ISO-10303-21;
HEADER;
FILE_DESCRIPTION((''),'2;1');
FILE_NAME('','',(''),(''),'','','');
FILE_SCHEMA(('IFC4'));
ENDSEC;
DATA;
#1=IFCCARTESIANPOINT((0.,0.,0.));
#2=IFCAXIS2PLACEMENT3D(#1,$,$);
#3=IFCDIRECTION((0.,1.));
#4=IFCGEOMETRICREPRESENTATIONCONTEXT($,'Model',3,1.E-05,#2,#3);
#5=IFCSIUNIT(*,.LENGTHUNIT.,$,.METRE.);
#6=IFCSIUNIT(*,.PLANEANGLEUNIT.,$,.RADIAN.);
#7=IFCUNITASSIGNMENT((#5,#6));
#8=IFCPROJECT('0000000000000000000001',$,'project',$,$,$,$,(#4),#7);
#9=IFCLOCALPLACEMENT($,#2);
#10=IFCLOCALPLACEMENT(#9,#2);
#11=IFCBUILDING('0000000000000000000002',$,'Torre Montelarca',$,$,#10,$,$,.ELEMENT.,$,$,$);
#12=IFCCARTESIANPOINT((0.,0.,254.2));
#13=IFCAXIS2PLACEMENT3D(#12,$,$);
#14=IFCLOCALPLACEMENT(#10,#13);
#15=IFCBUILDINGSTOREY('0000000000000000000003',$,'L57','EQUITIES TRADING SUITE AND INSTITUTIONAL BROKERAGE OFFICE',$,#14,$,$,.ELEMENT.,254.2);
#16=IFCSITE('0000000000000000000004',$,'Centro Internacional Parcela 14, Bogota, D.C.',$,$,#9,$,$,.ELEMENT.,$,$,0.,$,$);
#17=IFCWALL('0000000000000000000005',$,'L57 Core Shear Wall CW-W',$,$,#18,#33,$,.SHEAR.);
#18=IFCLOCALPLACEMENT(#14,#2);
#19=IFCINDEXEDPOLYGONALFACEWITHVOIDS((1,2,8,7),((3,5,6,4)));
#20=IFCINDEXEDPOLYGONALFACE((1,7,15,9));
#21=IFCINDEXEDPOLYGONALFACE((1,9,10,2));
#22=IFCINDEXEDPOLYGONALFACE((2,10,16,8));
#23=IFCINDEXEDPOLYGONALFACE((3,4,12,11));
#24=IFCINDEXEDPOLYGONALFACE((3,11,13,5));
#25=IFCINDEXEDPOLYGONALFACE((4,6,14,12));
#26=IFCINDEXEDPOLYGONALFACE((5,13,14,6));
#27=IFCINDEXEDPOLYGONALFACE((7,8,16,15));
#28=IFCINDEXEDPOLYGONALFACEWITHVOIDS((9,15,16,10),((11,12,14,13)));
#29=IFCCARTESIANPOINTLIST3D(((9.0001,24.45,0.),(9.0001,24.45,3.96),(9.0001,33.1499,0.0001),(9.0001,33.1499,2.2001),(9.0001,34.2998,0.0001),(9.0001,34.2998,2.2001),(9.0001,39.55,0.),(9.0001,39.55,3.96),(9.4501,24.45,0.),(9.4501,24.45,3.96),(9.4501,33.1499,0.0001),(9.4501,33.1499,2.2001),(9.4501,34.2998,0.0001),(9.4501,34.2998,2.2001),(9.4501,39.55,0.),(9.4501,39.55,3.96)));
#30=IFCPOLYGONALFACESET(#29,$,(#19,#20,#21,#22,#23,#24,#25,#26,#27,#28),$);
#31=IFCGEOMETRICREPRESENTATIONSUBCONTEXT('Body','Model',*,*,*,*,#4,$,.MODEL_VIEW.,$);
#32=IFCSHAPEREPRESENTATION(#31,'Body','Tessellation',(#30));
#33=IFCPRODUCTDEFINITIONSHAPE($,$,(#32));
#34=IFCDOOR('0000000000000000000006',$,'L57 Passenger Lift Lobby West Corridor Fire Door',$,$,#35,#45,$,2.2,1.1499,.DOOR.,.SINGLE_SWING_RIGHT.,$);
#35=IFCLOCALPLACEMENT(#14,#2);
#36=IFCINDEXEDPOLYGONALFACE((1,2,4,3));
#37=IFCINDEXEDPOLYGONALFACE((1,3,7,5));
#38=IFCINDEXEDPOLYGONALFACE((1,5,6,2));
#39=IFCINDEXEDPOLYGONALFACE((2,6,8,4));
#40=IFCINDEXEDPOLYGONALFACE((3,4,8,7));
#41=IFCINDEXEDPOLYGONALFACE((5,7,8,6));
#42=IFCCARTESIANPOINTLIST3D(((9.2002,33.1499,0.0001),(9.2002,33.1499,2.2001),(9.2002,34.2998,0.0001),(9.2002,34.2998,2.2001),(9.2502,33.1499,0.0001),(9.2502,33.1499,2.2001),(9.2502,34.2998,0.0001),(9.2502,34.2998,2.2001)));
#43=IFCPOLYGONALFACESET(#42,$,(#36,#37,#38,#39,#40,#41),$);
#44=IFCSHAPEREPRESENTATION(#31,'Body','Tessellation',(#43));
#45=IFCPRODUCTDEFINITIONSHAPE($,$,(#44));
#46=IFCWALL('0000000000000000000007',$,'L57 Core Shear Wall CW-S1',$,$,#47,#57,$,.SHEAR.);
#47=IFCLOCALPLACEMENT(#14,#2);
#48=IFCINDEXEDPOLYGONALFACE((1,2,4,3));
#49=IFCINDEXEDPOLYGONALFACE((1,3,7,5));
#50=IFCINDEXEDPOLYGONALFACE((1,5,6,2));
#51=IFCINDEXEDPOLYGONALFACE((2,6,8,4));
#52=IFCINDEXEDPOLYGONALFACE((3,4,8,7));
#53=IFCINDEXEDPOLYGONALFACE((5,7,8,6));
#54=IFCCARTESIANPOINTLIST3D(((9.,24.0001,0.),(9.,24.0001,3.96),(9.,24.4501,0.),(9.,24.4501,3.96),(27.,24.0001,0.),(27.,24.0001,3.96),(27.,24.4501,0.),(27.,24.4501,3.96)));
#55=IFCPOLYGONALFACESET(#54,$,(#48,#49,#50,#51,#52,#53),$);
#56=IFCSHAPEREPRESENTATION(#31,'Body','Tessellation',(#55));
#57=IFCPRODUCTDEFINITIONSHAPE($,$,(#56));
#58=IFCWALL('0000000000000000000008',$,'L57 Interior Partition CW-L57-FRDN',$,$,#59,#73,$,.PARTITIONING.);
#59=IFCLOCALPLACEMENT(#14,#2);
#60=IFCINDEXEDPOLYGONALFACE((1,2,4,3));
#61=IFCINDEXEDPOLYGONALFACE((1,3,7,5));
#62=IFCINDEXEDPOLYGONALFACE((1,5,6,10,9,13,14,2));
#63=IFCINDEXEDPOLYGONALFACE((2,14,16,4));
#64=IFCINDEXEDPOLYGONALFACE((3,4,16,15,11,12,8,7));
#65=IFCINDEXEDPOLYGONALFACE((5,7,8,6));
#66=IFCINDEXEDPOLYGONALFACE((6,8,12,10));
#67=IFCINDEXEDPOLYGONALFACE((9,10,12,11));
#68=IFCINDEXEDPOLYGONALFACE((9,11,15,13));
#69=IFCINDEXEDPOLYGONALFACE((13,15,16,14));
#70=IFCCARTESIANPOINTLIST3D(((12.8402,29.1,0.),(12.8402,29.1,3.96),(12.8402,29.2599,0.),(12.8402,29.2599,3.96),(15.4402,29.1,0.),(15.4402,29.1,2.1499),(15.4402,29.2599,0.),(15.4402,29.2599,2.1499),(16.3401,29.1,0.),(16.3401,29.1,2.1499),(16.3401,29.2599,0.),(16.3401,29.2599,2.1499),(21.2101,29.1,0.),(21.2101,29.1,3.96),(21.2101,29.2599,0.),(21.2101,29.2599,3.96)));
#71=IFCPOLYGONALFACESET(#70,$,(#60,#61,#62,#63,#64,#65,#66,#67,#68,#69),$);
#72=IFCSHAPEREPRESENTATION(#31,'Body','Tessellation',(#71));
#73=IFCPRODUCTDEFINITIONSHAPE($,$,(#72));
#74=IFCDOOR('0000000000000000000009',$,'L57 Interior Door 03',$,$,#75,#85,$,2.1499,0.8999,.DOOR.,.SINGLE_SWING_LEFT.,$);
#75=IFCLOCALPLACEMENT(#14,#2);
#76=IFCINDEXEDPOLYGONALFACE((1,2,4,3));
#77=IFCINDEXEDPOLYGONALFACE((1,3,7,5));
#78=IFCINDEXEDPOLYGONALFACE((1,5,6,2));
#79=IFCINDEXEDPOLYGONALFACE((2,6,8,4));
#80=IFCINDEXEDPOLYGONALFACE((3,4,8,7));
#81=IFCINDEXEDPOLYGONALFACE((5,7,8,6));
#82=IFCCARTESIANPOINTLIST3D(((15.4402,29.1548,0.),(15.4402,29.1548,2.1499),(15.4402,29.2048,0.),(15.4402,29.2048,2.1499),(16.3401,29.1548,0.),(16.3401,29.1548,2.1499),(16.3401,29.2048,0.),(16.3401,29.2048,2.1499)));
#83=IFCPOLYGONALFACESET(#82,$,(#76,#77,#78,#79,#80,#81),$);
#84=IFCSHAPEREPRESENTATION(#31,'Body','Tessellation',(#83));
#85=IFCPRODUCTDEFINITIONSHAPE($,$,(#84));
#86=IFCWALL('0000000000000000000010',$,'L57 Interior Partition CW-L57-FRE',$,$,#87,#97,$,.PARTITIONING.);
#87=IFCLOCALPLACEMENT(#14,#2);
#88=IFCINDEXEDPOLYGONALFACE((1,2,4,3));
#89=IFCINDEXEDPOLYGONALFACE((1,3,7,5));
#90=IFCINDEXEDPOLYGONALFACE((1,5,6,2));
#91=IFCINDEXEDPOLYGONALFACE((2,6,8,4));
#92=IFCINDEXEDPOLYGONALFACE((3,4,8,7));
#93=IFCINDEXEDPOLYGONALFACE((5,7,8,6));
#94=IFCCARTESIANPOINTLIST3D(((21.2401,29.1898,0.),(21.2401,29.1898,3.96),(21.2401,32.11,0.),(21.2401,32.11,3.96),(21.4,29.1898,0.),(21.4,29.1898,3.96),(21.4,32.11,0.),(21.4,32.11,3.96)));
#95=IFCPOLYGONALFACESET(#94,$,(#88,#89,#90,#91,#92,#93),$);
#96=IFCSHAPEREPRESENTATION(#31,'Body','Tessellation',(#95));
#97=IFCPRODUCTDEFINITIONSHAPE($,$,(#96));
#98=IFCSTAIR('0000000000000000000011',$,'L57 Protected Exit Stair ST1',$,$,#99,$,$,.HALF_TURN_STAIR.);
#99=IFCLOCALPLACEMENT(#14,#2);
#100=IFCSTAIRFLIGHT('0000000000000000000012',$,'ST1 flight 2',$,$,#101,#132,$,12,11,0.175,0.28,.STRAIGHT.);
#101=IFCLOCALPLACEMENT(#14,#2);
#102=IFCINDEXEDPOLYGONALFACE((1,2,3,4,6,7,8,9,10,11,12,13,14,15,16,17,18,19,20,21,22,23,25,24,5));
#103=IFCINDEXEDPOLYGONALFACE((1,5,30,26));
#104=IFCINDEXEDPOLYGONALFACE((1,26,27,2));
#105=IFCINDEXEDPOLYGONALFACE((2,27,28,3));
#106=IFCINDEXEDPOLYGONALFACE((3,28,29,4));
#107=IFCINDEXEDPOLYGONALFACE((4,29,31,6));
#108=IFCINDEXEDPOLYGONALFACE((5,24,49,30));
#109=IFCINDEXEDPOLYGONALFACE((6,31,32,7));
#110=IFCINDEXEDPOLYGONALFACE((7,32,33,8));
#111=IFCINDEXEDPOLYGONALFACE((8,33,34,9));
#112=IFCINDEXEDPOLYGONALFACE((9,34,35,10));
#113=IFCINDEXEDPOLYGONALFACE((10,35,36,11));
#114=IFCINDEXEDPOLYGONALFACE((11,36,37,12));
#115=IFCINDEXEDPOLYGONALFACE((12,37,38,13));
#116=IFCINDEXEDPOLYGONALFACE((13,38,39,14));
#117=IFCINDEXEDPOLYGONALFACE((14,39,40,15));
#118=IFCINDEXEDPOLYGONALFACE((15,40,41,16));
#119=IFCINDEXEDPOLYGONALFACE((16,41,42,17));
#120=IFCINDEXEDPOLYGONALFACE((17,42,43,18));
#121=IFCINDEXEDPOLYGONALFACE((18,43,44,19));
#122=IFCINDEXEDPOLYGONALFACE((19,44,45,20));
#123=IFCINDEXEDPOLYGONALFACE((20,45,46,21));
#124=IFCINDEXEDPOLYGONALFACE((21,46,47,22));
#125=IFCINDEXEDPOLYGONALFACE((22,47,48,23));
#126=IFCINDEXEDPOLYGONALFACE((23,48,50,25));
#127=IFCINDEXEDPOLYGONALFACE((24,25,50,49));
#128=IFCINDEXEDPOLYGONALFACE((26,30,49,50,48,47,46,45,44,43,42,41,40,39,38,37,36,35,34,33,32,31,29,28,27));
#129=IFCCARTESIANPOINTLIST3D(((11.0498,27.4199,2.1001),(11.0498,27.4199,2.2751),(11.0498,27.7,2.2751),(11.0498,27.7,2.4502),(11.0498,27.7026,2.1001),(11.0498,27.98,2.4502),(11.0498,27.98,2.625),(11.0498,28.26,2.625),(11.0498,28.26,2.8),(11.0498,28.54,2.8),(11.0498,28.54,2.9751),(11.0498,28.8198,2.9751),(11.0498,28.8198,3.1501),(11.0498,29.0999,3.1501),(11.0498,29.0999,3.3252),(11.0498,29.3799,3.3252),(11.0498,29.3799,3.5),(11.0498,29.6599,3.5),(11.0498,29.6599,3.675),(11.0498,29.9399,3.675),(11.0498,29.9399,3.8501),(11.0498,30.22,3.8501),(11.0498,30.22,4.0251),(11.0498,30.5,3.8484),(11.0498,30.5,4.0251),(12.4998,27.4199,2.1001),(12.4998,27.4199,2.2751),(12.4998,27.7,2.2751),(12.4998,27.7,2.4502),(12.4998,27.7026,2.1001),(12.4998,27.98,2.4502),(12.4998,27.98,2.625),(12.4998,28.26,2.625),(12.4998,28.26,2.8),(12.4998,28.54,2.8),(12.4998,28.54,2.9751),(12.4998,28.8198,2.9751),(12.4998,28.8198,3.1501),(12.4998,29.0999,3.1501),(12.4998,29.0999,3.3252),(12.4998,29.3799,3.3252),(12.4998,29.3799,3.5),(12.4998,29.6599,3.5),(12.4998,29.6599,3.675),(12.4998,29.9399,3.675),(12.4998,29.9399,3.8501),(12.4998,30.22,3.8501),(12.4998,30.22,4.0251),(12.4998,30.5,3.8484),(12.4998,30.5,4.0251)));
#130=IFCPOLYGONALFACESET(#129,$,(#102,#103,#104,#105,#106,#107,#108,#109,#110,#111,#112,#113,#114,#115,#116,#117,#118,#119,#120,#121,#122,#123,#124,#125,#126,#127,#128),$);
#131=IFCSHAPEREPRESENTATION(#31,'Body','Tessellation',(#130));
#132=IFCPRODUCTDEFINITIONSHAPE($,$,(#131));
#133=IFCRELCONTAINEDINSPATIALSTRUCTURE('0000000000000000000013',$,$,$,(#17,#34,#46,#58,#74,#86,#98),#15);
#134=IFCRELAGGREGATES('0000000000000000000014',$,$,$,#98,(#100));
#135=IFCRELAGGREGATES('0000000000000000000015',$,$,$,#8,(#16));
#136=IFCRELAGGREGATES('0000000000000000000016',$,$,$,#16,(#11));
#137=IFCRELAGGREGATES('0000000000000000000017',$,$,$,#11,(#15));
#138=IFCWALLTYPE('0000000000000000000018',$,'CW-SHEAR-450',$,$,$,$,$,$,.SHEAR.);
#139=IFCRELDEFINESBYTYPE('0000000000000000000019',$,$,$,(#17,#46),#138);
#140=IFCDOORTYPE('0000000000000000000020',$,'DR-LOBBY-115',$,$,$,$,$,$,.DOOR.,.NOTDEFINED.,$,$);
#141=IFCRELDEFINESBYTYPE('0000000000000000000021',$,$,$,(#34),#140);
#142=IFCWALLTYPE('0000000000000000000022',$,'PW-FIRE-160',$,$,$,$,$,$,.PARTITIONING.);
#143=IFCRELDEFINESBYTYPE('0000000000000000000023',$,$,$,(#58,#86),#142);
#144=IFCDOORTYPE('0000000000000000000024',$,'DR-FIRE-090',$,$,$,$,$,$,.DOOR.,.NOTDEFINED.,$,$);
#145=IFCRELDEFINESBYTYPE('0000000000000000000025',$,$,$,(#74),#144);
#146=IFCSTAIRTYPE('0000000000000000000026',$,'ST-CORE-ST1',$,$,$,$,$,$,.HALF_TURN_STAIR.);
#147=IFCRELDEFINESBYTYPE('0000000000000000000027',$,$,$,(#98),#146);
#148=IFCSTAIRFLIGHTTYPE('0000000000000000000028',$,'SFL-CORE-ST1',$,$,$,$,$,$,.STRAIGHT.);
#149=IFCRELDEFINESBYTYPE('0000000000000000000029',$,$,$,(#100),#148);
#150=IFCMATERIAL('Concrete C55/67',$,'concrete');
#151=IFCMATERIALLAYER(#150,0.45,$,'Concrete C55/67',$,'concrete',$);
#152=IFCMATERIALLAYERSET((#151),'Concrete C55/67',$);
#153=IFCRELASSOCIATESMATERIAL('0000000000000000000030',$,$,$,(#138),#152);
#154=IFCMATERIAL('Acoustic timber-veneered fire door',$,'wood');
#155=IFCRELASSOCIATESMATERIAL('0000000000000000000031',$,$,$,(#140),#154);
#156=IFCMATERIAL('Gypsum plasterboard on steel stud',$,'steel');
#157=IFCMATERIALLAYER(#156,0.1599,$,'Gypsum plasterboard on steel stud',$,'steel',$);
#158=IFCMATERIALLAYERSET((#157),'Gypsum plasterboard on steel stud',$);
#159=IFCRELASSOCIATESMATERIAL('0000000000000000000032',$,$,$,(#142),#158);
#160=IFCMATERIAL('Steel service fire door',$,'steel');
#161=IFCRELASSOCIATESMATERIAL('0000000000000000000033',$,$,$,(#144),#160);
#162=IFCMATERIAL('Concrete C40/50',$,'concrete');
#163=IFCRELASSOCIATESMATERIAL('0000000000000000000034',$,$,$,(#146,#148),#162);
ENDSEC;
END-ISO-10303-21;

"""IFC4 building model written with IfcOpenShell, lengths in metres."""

from ifc_helpers import new_model, si_unit, direction, frame, frame_2d, origin, place, context, subcontext, project, spatial, polyline, rectangle, outline, extrude, source, transform, mapped, material, layer, layer_set, type_object, element, fill, aggregate, save


model = new_model("IFC4")

# Units and contexts
model_context = context("Model", 3, precision=1e-05, world=origin(), true_north=direction((0.0, 1.0)))
body_context = subcontext(model_context, "Body", "Model", "MODEL_VIEW")
ifc_project = project(units=[si_unit("LENGTHUNIT", "METRE"), si_unit("PLANEANGLEUNIT", "RADIAN")], contexts=[model_context])

# Site, building, storey
site_placement = place(None, origin())
site = spatial("IfcSite", under=ifc_project, at=site_placement, Name="Centro Internacional Parcela 14, Bogota, D.C.", CompositionType="ELEMENT", RefElevation=0.0)
building_placement = place(site_placement, origin())
building = spatial("IfcBuilding", under=site, at=building_placement, Name="Torre Montelarca", CompositionType="ELEMENT")
storey_placement = place(building_placement, frame((0.0, 0.0, 254.2)))
storey = spatial("IfcBuildingStorey", under=building, at=storey_placement, Name="L57", Description="EQUITIES TRADING SUITE AND INSTITUTIONAL BROKERAGE OFFICE", CompositionType="ELEMENT", Elevation=254.2)

# Shared definitions
ifc_material_1 = material(Name="Concrete C55/67", Category="concrete")

# Shared definitions
ifc_material_2 = material(Name="Concrete C40/50", Category="concrete")

# Wall, opening, door
ifc_layer_1 = layer(ifc_material_1, 0.45, Name="Concrete C55/67", Category="concrete")
ifc_layer_set_1 = layer_set([ifc_layer_1], Name="Concrete C55/67")
wall_type_1 = type_object("IfcWallType", Name="CW-SHEAR-450", PredefinedType="SHEAR", material=ifc_layer_set_1)
wall_1_placement = place(storey_placement, frame((9.2251, 24.45, 0.0), z_axis=(0.0, 0.0, 1.0), x_axis=(0.0, 1.0, 0.0)))
wall_1 = element("IfcWall", 1, at=wall_1_placement, inside=storey, type_object=wall_type_1, Name="L57 Core Shear Wall CW-W", PredefinedType="SHEAR", context=body_context, shape_type="SweptSolid", body=[
    extrude(rectangle(XDim=15.1001, YDim=0.45, at=frame_2d((7.55, 0.0))), origin(), (0.0, 0.0, 1.0), 3.96),
])
opening_1_placement = place(wall_1_placement, frame((8.7, 0.0, 0.0)))
opening_1 = element("IfcOpeningElement", 2, at=opening_1_placement, cuts=wall_1, PredefinedType="OPENING", context=body_context, shape_type="SweptSolid", body=[
    extrude(rectangle(XDim=1.1499, YDim=2.2, at=frame_2d((0.575, 1.1001))), frame((0.0, 0.2349, 0.0), z_axis=(0.0, -1.0, 0.0), x_axis=(1.0, 0.0, 0.0)), (0.0, 0.0, 1.0), 0.47),
])
ifc_material_3 = material(Name="Acoustic timber-veneered fire door", Category="wood")
door_type_1 = type_object("IfcDoorType", Name="DR-LOBBY-115", OperationType="NOTDEFINED", PredefinedType="DOOR", material=ifc_material_3)
shared_shape_1 = source(origin(), body_context, "Body", "SweptSolid", [
    extrude(rectangle(XDim=1.1499, YDim=2.2, at=frame_2d((0.575, 1.1001))), frame((0.0, 0.0249, 0.0), z_axis=(0.0, -1.0, 0.0), x_axis=(1.0, 0.0, 0.0)), (0.0, 0.0, 1.0), 0.05),
])
door_1_placement = place(opening_1_placement, origin())
door_1 = element("IfcDoor", 3, at=door_1_placement, inside=storey, type_object=door_type_1, Name="L57 Passenger Lift Lobby West Corridor Fire Door", OperationType="SINGLE_SWING_RIGHT", OverallHeight=2.2, OverallWidth=1.1499, PredefinedType="DOOR", context=body_context, shape_type="MappedRepresentation", body=[
    mapped(shared_shape_1, transform((0.0, 0.0, 0.0), scale=1.0)),
])
fill(opening_1, door_1)

# Wall
wall_2_placement = place(storey_placement, frame((9.0, 24.2251, 0.0), z_axis=(0.0, 0.0, 1.0), x_axis=(1.0, 0.0, 0.0)))
element("IfcWall", 4, at=wall_2_placement, inside=storey, type_object=wall_type_1, Name="L57 Core Shear Wall CW-S1", PredefinedType="SHEAR", context=body_context, shape_type="SweptSolid", body=[
    extrude(rectangle(XDim=18.0, YDim=0.45, at=frame_2d((9.0, 0.0))), origin(), (0.0, 0.0, 1.0), 3.96),
])

# Wall, opening, door
ifc_material_4 = material(Name="Gypsum plasterboard on steel stud", Category="steel")
ifc_layer_2 = layer(ifc_material_4, 0.1599, Name="Gypsum plasterboard on steel stud", Category="steel")
ifc_layer_set_2 = layer_set([ifc_layer_2], Name="Gypsum plasterboard on steel stud")
wall_type_2 = type_object("IfcWallType", Name="PW-FIRE-160", PredefinedType="PARTITIONING", material=ifc_layer_set_2)
wall_3_placement = place(storey_placement, frame((12.8401, 29.1799, 0.0), z_axis=(0.0, 0.0, 1.0), x_axis=(1.0, 0.0, 0.0)))
wall_3 = element("IfcWall", 5, at=wall_3_placement, inside=storey, type_object=wall_type_2, Name="L57 Interior Partition CW-L57-FRDN", PredefinedType="PARTITIONING", context=body_context, shape_type="SweptSolid", body=[
    extrude(rectangle(XDim=8.3699, YDim=0.1599, at=frame_2d((4.1851, 0.0))), origin(), (0.0, 0.0, 1.0), 3.96),
])
opening_2_placement = place(wall_3_placement, frame((2.6001, 0.0, 0.0)))
opening_2 = element("IfcOpeningElement", 6, at=opening_2_placement, cuts=wall_3, PredefinedType="OPENING", context=body_context, shape_type="SweptSolid", body=[
    extrude(rectangle(XDim=0.8999, YDim=2.1499, at=frame_2d((0.45, 1.075))), frame((0.0, 0.0898, 0.0), z_axis=(0.0, -1.0, 0.0), x_axis=(1.0, 0.0, 0.0)), (0.0, 0.0, 1.0), 0.1799),
])
ifc_material_5 = material(Name="Steel service fire door", Category="steel")
door_type_2 = type_object("IfcDoorType", Name="DR-FIRE-090", OperationType="NOTDEFINED", PredefinedType="DOOR", material=ifc_material_5)
shared_shape_2 = source(origin(), body_context, "Body", "SweptSolid", [
    extrude(rectangle(XDim=0.8999, YDim=2.1499, at=frame_2d((0.45, 1.075))), frame((0.0, 0.0249, 0.0), z_axis=(0.0, -1.0, 0.0), x_axis=(1.0, 0.0, 0.0)), (0.0, 0.0, 1.0), 0.05),
])
door_2_placement = place(opening_2_placement, origin())
door_2 = element("IfcDoor", 7, at=door_2_placement, inside=storey, type_object=door_type_2, Name="L57 Interior Door 03", OperationType="SINGLE_SWING_LEFT", OverallHeight=2.1499, OverallWidth=0.8999, PredefinedType="DOOR", context=body_context, shape_type="MappedRepresentation", body=[
    mapped(shared_shape_2, transform((0.0, 0.0, 0.0), scale=1.0)),
])
fill(opening_2, door_2)

# Wall
wall_4_placement = place(storey_placement, frame((21.3201, 29.1899, 0.0), z_axis=(0.0, 0.0, 1.0), x_axis=(0.0, 1.0, 0.0)))
element("IfcWall", 8, at=wall_4_placement, inside=storey, type_object=wall_type_2, Name="L57 Interior Partition CW-L57-FRE", PredefinedType="PARTITIONING", context=body_context, shape_type="SweptSolid", body=[
    extrude(rectangle(XDim=2.9202, YDim=0.1599, at=frame_2d((1.46, 0.0))), origin(), (0.0, 0.0, 1.0), 3.96),
])

# Stair, stair flight
stair_type = type_object("IfcStairType", Name="ST-CORE-ST1", PredefinedType="HALF_TURN_STAIR", material=ifc_material_2)
stair_placement = place(storey_placement, origin())
stair = element("IfcStair", 9, at=stair_placement, inside=storey, type_object=stair_type, Name="L57 Protected Exit Stair ST1", PredefinedType="HALF_TURN_STAIR")
stair_flight_type = type_object("IfcStairFlightType", Name="SFL-CORE-ST1", PredefinedType="STRAIGHT", material=ifc_material_2)
stair_flight_placement = place(storey_placement, frame((11.7749, 27.4199, 2.1001), z_axis=(0.0, 0.0, 1.0), x_axis=(0.0, 1.0, 0.0)))
stair_flight = element("IfcStairFlight", 10, at=stair_flight_placement, type_object=stair_flight_type, Name="ST1 flight 2", NumberOfRisers=12, NumberOfTreads=11, PredefinedType="STRAIGHT", RiserHeight=0.175, TreadLength=0.28, context=body_context, shape_type="SweptSolid", body=[
    extrude(outline(polyline([(0.0, 0.0), (0.0, 0.175), (0.28, 0.175), (0.28, 0.3501), (0.5601, 0.3501), (0.5601, 0.5249), (0.8401, 0.5249), (0.8401, 0.7), (1.1201, 0.7), (1.1201, 0.875), (1.3999, 0.875), (1.3999, 1.05), (1.6799, 1.05), (1.6799, 1.2251), (1.96, 1.2251), (1.96, 1.3999), (2.24, 1.3999), (2.24, 1.575), (2.52, 1.575), (2.52, 1.75), (2.8, 1.75), (2.8, 1.925), (3.0801, 1.925), (3.0801, 2.1001), (3.0801, 1.7483), (0.2827, 0.0), (0.0, 0.0)])), frame((0.0, 0.7251, 0.0), z_axis=(0.0, -1.0, 0.0), x_axis=(1.0, 0.0, 0.0)), (0.0, 0.0, 1.0), 1.45),
])
aggregate(stair, [stair_flight])

save(model, "model.ifc")
